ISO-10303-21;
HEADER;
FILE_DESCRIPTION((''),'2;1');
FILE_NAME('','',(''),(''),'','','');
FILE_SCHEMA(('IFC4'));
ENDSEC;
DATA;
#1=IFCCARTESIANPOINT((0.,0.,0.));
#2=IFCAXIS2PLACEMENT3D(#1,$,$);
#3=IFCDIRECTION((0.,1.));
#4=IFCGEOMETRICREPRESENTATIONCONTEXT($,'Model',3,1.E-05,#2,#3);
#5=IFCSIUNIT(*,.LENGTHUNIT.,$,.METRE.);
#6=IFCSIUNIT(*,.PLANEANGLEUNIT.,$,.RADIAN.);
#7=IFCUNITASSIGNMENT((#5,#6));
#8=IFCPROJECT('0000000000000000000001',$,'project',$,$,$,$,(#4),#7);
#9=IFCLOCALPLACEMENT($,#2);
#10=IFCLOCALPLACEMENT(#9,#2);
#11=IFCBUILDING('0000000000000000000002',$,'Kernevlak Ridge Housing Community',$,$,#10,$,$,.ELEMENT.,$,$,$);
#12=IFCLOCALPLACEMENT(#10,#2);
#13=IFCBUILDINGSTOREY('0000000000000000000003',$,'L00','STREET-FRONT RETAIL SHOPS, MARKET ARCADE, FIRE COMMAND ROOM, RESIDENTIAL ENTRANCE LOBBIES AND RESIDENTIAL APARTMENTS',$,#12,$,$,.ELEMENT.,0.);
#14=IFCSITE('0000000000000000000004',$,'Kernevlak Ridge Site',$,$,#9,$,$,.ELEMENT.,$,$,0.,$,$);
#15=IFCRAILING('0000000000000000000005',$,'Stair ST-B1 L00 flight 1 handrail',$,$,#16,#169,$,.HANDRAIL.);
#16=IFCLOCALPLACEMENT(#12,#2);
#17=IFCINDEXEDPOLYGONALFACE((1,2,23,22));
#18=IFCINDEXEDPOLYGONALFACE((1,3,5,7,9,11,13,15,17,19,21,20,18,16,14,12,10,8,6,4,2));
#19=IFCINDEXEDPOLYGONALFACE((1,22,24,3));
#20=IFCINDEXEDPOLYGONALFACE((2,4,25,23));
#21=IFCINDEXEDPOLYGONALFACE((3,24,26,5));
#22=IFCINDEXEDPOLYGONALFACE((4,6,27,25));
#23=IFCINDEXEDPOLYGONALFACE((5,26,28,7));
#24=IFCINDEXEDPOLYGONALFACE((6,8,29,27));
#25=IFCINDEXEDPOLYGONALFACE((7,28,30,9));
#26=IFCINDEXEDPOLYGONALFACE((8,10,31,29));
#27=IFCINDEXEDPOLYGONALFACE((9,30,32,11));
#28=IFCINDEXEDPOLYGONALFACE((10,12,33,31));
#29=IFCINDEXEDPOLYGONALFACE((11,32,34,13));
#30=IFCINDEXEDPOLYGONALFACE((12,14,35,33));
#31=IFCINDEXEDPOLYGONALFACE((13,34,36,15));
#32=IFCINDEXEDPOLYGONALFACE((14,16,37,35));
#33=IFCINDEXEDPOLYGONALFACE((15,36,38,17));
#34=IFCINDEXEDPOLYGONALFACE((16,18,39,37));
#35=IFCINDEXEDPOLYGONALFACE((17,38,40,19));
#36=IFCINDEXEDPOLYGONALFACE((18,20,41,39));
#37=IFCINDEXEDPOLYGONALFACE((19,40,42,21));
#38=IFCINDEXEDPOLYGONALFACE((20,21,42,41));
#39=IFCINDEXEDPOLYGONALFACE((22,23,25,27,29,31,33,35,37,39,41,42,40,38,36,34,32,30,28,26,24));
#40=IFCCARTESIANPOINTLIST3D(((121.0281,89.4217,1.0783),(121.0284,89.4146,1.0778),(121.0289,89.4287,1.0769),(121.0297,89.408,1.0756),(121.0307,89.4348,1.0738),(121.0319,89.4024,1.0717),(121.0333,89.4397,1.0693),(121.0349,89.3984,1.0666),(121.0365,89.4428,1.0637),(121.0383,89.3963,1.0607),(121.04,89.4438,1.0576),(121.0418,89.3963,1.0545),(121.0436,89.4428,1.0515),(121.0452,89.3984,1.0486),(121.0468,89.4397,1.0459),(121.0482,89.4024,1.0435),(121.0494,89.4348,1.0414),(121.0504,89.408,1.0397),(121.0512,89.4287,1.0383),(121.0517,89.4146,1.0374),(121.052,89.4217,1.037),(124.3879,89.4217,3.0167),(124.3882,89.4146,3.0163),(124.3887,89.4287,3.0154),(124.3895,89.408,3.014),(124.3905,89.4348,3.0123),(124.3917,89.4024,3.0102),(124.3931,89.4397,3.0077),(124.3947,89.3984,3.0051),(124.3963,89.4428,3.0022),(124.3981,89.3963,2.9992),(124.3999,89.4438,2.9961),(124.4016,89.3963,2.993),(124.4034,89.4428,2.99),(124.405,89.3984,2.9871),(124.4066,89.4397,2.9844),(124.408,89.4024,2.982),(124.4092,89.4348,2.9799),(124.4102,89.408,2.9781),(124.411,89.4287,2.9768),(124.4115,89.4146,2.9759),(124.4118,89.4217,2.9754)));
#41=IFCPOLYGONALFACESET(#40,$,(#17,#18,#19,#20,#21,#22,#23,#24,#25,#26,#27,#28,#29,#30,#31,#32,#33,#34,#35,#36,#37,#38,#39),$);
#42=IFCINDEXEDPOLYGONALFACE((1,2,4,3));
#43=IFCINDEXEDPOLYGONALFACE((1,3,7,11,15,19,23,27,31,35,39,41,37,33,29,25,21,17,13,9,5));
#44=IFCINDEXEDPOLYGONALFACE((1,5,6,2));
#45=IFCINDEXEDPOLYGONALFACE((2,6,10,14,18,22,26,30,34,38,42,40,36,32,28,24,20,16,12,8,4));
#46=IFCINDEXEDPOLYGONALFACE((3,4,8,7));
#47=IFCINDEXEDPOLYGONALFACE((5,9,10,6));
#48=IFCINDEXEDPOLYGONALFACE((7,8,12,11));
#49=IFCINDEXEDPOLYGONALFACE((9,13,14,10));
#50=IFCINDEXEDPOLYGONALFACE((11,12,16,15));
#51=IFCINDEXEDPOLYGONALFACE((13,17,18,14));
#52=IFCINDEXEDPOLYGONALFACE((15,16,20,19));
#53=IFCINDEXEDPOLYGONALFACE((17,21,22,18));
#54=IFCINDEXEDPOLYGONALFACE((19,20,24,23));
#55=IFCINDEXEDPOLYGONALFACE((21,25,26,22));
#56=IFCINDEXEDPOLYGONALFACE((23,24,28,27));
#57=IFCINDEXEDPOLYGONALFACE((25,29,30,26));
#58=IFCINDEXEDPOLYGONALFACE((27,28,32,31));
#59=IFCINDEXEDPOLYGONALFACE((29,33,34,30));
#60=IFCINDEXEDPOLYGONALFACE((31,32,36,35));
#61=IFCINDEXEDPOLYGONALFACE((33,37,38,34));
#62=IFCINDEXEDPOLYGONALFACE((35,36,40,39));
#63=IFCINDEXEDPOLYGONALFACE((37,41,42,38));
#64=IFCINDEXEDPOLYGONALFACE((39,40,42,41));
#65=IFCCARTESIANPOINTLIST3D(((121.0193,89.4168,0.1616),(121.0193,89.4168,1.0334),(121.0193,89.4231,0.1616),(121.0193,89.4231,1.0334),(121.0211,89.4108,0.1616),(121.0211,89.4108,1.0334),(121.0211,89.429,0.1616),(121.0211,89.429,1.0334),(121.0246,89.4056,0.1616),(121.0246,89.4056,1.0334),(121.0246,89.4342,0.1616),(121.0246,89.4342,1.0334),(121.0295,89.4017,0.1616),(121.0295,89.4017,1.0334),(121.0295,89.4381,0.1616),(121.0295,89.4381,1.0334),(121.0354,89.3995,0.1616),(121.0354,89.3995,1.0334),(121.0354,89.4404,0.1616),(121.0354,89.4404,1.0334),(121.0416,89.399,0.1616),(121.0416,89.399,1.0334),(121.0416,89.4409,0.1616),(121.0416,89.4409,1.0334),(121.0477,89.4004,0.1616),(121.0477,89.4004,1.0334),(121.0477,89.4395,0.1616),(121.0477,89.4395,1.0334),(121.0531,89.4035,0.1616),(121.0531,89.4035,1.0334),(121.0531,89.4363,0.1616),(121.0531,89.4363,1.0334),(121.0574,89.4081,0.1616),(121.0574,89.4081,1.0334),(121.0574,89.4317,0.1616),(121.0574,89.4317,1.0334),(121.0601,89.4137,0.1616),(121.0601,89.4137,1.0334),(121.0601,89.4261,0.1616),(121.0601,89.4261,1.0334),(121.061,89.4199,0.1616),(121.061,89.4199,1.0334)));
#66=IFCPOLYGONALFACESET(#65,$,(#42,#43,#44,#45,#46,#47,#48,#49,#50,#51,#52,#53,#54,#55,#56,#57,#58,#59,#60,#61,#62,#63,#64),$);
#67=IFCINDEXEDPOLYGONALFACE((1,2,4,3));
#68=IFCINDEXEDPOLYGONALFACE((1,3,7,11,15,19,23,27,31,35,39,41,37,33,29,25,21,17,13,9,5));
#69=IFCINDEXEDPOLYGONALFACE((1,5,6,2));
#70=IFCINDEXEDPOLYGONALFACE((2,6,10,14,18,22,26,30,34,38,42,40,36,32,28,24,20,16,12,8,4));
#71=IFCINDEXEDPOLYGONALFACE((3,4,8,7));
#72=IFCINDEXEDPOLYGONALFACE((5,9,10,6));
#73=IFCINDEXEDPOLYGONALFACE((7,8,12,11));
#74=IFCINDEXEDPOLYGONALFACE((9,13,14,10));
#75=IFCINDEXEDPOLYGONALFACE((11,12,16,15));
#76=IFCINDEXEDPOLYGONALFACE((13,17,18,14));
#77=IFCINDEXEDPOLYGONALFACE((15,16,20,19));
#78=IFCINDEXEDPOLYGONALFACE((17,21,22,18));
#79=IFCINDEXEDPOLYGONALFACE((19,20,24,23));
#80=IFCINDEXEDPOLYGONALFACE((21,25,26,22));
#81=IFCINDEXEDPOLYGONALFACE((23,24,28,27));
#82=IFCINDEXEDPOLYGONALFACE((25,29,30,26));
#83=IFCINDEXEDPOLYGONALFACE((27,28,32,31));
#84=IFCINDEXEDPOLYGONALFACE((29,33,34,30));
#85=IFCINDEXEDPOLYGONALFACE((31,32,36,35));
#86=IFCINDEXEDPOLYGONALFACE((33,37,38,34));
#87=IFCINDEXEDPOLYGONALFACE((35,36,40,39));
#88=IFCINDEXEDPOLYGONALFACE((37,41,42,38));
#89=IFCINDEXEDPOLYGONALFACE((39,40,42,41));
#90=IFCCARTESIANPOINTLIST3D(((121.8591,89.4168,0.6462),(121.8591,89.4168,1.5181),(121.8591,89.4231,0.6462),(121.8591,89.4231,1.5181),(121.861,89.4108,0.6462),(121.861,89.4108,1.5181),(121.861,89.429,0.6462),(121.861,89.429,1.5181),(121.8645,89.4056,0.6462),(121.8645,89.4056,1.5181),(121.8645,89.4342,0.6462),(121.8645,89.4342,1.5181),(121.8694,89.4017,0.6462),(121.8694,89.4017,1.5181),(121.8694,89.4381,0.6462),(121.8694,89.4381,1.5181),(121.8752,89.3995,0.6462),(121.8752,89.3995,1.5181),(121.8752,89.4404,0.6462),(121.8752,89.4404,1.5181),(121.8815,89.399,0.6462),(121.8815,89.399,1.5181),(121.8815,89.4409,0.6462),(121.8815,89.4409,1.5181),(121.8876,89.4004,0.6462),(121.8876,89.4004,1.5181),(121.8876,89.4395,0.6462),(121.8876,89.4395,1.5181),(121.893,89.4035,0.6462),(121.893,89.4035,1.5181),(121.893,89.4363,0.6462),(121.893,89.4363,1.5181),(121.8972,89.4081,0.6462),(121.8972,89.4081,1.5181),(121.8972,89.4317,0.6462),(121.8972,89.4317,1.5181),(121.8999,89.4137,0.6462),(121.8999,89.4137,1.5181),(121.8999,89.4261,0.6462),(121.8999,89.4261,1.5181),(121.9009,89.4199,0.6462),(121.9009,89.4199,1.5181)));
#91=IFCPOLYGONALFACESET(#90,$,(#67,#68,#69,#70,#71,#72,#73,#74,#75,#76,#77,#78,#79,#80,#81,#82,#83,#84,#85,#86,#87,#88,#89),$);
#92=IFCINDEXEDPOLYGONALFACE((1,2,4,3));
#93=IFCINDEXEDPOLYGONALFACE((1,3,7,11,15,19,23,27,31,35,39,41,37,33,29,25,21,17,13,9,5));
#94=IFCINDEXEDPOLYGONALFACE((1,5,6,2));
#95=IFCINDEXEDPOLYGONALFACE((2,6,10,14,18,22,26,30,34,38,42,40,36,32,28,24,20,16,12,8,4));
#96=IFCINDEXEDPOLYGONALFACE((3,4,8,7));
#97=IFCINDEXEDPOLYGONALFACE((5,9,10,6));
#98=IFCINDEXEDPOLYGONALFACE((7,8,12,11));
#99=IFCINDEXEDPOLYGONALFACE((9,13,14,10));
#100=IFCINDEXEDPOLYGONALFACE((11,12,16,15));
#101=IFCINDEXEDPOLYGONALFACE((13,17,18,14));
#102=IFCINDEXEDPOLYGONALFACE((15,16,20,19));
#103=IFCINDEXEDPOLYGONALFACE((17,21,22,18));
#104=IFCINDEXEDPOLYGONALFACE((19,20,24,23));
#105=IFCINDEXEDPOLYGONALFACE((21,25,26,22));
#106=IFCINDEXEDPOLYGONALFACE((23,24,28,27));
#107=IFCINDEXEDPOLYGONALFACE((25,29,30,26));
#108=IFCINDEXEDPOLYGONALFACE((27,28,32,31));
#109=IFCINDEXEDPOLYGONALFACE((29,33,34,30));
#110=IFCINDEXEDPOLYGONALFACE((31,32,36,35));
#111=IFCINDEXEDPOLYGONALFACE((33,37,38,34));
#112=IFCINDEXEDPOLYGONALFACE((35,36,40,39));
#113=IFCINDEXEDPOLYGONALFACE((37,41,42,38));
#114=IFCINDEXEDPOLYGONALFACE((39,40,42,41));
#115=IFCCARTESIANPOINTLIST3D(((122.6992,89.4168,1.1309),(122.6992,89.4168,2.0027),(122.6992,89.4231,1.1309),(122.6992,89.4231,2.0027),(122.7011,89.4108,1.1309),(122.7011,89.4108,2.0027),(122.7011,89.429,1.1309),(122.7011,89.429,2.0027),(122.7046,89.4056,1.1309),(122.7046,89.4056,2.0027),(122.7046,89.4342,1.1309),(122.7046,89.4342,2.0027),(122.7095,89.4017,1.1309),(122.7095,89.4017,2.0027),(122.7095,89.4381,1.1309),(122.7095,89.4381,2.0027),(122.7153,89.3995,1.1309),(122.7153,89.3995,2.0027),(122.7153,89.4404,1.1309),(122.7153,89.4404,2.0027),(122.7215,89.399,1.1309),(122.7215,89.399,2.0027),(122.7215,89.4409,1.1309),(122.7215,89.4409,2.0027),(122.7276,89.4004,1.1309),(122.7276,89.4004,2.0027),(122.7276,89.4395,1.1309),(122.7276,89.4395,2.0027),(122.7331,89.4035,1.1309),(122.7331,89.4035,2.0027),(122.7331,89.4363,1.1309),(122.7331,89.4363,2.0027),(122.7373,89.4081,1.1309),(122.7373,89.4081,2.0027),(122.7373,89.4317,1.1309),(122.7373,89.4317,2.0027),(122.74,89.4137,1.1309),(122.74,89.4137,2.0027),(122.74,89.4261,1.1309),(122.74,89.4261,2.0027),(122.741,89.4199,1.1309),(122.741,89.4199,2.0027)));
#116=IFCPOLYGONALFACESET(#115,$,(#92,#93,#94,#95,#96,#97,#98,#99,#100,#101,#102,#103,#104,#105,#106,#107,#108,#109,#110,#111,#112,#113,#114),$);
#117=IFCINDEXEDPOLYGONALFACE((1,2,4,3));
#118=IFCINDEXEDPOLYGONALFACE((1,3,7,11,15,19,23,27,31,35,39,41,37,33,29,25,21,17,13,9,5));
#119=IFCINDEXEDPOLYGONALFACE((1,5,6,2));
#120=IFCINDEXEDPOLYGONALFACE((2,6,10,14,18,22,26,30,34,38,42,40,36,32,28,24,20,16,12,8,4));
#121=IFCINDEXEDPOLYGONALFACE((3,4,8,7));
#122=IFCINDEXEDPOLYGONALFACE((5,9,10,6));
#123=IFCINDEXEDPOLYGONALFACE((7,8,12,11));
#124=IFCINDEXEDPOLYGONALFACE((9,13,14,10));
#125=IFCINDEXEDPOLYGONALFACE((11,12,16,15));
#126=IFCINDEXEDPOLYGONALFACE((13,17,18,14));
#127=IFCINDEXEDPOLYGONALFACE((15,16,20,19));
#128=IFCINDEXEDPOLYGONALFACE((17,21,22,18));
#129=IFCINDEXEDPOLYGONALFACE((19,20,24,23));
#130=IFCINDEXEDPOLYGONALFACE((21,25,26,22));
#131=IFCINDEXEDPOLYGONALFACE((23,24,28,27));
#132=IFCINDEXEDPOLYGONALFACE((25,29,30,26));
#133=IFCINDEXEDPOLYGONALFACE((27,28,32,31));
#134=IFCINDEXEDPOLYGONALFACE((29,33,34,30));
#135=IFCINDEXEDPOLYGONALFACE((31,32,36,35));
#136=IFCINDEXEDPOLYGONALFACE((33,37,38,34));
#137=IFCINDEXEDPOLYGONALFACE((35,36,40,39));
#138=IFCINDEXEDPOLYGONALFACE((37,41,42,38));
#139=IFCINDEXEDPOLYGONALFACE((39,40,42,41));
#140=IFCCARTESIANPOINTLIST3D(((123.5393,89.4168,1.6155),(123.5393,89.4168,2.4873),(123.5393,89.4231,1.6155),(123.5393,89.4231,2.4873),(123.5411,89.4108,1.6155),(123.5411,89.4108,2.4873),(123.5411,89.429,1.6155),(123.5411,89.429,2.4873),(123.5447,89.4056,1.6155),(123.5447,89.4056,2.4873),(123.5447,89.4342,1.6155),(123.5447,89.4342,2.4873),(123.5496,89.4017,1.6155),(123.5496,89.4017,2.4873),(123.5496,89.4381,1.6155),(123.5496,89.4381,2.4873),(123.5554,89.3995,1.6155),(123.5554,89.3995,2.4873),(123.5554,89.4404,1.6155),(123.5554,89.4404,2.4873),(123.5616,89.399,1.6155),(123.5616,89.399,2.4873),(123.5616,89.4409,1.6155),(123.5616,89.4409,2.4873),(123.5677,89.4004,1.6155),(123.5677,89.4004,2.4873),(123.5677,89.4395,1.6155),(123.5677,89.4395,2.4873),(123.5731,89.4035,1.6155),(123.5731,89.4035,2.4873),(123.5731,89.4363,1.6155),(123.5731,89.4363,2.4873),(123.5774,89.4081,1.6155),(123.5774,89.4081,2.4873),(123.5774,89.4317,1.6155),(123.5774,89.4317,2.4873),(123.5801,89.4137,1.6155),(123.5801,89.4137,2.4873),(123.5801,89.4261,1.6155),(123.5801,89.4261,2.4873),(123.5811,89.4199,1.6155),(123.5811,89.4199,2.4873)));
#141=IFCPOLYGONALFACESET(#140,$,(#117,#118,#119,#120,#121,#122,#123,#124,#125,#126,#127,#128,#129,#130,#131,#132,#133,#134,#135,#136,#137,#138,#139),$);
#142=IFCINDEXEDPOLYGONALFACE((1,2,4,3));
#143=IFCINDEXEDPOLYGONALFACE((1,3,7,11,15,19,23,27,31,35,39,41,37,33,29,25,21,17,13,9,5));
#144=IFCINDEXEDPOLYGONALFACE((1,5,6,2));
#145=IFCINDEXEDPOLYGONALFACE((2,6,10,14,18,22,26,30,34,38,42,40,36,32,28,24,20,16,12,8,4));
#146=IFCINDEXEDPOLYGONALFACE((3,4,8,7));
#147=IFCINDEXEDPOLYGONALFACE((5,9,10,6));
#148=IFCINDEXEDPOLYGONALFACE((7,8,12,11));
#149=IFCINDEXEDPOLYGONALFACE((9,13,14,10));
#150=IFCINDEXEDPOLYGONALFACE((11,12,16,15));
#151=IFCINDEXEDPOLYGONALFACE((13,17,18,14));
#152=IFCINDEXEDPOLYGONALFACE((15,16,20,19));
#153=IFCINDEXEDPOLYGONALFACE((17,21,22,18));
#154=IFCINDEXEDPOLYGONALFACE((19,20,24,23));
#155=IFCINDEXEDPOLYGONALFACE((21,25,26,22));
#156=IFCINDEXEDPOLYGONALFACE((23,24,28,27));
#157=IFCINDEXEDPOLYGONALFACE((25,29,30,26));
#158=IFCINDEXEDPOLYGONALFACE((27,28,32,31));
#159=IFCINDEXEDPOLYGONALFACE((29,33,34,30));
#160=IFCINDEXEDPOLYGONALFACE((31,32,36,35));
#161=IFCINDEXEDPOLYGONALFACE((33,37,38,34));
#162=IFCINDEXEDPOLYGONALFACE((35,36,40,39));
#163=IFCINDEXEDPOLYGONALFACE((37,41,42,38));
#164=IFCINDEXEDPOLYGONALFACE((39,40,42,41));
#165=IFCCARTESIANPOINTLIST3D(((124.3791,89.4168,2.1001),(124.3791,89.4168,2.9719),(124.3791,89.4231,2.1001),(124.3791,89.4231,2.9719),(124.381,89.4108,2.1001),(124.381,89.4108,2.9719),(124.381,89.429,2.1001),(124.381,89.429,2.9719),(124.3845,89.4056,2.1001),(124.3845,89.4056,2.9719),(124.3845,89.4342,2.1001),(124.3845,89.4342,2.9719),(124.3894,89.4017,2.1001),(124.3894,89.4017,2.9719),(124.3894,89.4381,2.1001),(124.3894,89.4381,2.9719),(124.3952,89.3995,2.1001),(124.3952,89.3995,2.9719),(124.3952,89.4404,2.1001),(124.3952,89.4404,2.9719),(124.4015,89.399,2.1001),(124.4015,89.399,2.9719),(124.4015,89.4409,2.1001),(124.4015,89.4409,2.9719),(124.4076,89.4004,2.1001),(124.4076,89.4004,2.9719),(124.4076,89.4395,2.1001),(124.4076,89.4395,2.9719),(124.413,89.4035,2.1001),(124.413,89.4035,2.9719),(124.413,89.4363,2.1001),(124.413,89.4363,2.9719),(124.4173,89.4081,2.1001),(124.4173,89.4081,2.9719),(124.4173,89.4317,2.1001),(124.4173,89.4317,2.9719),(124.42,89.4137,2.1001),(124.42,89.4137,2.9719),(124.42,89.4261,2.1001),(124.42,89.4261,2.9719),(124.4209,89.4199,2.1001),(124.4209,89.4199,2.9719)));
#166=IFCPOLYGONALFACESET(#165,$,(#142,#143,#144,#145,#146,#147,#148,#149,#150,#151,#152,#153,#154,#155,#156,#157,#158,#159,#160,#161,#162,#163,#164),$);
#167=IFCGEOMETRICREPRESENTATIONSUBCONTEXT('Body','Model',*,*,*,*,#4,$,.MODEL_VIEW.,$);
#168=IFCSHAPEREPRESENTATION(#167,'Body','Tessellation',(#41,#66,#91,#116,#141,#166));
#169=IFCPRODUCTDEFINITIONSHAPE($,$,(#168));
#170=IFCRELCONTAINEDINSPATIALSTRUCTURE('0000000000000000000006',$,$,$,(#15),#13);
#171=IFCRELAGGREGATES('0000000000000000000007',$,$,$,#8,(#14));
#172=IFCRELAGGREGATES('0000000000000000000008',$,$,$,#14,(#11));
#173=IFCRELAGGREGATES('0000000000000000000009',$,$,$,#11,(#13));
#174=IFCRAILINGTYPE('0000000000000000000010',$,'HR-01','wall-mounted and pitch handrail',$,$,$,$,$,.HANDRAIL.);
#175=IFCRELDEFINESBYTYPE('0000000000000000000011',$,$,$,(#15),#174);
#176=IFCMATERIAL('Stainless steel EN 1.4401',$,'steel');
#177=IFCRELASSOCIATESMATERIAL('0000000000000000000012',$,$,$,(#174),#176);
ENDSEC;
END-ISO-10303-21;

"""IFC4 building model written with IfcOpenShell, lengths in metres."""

from ifc_helpers import new_model, si_unit, direction, frame, origin, origin_2d, place, context, subcontext, project, spatial, circle, extrude, material, type_object, element, save


model = new_model("IFC4")

# Units and contexts
model_context = context("Model", 3, precision=1e-05, world=origin(), true_north=direction((0.0, 1.0)))
body_context = subcontext(model_context, "Body", "Model", "MODEL_VIEW")
ifc_project = project(units=[si_unit("LENGTHUNIT", "METRE"), si_unit("PLANEANGLEUNIT", "RADIAN")], contexts=[model_context])

# Site, building, storey
site_placement = place(None, origin())
site = spatial("IfcSite", under=ifc_project, at=site_placement, Name="Kernevlak Ridge Site", CompositionType="ELEMENT", RefElevation=0.0)
building_placement = place(site_placement, origin())
building = spatial("IfcBuilding", under=site, at=building_placement, Name="Kernevlak Ridge Housing Community", CompositionType="ELEMENT")
storey_placement = place(building_placement, origin())
storey = spatial("IfcBuildingStorey", under=building, at=storey_placement, Name="L00", Description="STREET-FRONT RETAIL SHOPS, MARKET ARCADE, FIRE COMMAND ROOM, RESIDENTIAL ENTRANCE LOBBIES AND RESIDENTIAL APARTMENTS", CompositionType="ELEMENT", Elevation=0.0)

# Shared definitions
ifc_material_1 = material(Name="Stainless steel EN 1.4401", Category="steel")

# Railing
railing_type_1 = type_object("IfcRailingType", Name="HR-01", Description="wall-mounted and pitch handrail", PredefinedType="HANDRAIL", material=ifc_material_1)
railing_1_placement = place(storey_placement, frame((121.04, 89.4199, 0.1616)))
element("IfcRailing", 1, at=railing_1_placement, inside=storey, type_object=railing_type_1, Name="Stair ST-B1 L00 flight 1 handrail", PredefinedType="HANDRAIL", context=body_context, shape_type="SweptSolid", body=[
    extrude(circle(Radius=0.0239, at=origin_2d()), frame((0.0, 0.0, 0.896), z_axis=(0.866175, 0.0, 0.499741), x_axis=(0.0, 1.0, 0.0)), (0.0, 0.0, 1.0), 3.8789),
    extrude(circle(Radius=0.021, at=origin_2d()), origin(), (0.0, 0.0, 1.0), 0.8718),
    extrude(circle(Radius=0.021, at=origin_2d()), frame((0.8398, 0.0, 0.4846)), (0.0, 0.0, 1.0), 0.8718),
    extrude(circle(Radius=0.021, at=origin_2d()), frame((1.6799, 0.0, 0.9692)), (0.0, 0.0, 1.0), 0.8718),
    extrude(circle(Radius=0.021, at=origin_2d()), frame((2.52, 0.0, 1.4539)), (0.0, 0.0, 1.0), 0.8718),
    extrude(circle(Radius=0.021, at=origin_2d()), frame((3.3599, 0.0, 1.9385)), (0.0, 0.0, 1.0), 0.8718),
])

save(model, "model.ifc")
